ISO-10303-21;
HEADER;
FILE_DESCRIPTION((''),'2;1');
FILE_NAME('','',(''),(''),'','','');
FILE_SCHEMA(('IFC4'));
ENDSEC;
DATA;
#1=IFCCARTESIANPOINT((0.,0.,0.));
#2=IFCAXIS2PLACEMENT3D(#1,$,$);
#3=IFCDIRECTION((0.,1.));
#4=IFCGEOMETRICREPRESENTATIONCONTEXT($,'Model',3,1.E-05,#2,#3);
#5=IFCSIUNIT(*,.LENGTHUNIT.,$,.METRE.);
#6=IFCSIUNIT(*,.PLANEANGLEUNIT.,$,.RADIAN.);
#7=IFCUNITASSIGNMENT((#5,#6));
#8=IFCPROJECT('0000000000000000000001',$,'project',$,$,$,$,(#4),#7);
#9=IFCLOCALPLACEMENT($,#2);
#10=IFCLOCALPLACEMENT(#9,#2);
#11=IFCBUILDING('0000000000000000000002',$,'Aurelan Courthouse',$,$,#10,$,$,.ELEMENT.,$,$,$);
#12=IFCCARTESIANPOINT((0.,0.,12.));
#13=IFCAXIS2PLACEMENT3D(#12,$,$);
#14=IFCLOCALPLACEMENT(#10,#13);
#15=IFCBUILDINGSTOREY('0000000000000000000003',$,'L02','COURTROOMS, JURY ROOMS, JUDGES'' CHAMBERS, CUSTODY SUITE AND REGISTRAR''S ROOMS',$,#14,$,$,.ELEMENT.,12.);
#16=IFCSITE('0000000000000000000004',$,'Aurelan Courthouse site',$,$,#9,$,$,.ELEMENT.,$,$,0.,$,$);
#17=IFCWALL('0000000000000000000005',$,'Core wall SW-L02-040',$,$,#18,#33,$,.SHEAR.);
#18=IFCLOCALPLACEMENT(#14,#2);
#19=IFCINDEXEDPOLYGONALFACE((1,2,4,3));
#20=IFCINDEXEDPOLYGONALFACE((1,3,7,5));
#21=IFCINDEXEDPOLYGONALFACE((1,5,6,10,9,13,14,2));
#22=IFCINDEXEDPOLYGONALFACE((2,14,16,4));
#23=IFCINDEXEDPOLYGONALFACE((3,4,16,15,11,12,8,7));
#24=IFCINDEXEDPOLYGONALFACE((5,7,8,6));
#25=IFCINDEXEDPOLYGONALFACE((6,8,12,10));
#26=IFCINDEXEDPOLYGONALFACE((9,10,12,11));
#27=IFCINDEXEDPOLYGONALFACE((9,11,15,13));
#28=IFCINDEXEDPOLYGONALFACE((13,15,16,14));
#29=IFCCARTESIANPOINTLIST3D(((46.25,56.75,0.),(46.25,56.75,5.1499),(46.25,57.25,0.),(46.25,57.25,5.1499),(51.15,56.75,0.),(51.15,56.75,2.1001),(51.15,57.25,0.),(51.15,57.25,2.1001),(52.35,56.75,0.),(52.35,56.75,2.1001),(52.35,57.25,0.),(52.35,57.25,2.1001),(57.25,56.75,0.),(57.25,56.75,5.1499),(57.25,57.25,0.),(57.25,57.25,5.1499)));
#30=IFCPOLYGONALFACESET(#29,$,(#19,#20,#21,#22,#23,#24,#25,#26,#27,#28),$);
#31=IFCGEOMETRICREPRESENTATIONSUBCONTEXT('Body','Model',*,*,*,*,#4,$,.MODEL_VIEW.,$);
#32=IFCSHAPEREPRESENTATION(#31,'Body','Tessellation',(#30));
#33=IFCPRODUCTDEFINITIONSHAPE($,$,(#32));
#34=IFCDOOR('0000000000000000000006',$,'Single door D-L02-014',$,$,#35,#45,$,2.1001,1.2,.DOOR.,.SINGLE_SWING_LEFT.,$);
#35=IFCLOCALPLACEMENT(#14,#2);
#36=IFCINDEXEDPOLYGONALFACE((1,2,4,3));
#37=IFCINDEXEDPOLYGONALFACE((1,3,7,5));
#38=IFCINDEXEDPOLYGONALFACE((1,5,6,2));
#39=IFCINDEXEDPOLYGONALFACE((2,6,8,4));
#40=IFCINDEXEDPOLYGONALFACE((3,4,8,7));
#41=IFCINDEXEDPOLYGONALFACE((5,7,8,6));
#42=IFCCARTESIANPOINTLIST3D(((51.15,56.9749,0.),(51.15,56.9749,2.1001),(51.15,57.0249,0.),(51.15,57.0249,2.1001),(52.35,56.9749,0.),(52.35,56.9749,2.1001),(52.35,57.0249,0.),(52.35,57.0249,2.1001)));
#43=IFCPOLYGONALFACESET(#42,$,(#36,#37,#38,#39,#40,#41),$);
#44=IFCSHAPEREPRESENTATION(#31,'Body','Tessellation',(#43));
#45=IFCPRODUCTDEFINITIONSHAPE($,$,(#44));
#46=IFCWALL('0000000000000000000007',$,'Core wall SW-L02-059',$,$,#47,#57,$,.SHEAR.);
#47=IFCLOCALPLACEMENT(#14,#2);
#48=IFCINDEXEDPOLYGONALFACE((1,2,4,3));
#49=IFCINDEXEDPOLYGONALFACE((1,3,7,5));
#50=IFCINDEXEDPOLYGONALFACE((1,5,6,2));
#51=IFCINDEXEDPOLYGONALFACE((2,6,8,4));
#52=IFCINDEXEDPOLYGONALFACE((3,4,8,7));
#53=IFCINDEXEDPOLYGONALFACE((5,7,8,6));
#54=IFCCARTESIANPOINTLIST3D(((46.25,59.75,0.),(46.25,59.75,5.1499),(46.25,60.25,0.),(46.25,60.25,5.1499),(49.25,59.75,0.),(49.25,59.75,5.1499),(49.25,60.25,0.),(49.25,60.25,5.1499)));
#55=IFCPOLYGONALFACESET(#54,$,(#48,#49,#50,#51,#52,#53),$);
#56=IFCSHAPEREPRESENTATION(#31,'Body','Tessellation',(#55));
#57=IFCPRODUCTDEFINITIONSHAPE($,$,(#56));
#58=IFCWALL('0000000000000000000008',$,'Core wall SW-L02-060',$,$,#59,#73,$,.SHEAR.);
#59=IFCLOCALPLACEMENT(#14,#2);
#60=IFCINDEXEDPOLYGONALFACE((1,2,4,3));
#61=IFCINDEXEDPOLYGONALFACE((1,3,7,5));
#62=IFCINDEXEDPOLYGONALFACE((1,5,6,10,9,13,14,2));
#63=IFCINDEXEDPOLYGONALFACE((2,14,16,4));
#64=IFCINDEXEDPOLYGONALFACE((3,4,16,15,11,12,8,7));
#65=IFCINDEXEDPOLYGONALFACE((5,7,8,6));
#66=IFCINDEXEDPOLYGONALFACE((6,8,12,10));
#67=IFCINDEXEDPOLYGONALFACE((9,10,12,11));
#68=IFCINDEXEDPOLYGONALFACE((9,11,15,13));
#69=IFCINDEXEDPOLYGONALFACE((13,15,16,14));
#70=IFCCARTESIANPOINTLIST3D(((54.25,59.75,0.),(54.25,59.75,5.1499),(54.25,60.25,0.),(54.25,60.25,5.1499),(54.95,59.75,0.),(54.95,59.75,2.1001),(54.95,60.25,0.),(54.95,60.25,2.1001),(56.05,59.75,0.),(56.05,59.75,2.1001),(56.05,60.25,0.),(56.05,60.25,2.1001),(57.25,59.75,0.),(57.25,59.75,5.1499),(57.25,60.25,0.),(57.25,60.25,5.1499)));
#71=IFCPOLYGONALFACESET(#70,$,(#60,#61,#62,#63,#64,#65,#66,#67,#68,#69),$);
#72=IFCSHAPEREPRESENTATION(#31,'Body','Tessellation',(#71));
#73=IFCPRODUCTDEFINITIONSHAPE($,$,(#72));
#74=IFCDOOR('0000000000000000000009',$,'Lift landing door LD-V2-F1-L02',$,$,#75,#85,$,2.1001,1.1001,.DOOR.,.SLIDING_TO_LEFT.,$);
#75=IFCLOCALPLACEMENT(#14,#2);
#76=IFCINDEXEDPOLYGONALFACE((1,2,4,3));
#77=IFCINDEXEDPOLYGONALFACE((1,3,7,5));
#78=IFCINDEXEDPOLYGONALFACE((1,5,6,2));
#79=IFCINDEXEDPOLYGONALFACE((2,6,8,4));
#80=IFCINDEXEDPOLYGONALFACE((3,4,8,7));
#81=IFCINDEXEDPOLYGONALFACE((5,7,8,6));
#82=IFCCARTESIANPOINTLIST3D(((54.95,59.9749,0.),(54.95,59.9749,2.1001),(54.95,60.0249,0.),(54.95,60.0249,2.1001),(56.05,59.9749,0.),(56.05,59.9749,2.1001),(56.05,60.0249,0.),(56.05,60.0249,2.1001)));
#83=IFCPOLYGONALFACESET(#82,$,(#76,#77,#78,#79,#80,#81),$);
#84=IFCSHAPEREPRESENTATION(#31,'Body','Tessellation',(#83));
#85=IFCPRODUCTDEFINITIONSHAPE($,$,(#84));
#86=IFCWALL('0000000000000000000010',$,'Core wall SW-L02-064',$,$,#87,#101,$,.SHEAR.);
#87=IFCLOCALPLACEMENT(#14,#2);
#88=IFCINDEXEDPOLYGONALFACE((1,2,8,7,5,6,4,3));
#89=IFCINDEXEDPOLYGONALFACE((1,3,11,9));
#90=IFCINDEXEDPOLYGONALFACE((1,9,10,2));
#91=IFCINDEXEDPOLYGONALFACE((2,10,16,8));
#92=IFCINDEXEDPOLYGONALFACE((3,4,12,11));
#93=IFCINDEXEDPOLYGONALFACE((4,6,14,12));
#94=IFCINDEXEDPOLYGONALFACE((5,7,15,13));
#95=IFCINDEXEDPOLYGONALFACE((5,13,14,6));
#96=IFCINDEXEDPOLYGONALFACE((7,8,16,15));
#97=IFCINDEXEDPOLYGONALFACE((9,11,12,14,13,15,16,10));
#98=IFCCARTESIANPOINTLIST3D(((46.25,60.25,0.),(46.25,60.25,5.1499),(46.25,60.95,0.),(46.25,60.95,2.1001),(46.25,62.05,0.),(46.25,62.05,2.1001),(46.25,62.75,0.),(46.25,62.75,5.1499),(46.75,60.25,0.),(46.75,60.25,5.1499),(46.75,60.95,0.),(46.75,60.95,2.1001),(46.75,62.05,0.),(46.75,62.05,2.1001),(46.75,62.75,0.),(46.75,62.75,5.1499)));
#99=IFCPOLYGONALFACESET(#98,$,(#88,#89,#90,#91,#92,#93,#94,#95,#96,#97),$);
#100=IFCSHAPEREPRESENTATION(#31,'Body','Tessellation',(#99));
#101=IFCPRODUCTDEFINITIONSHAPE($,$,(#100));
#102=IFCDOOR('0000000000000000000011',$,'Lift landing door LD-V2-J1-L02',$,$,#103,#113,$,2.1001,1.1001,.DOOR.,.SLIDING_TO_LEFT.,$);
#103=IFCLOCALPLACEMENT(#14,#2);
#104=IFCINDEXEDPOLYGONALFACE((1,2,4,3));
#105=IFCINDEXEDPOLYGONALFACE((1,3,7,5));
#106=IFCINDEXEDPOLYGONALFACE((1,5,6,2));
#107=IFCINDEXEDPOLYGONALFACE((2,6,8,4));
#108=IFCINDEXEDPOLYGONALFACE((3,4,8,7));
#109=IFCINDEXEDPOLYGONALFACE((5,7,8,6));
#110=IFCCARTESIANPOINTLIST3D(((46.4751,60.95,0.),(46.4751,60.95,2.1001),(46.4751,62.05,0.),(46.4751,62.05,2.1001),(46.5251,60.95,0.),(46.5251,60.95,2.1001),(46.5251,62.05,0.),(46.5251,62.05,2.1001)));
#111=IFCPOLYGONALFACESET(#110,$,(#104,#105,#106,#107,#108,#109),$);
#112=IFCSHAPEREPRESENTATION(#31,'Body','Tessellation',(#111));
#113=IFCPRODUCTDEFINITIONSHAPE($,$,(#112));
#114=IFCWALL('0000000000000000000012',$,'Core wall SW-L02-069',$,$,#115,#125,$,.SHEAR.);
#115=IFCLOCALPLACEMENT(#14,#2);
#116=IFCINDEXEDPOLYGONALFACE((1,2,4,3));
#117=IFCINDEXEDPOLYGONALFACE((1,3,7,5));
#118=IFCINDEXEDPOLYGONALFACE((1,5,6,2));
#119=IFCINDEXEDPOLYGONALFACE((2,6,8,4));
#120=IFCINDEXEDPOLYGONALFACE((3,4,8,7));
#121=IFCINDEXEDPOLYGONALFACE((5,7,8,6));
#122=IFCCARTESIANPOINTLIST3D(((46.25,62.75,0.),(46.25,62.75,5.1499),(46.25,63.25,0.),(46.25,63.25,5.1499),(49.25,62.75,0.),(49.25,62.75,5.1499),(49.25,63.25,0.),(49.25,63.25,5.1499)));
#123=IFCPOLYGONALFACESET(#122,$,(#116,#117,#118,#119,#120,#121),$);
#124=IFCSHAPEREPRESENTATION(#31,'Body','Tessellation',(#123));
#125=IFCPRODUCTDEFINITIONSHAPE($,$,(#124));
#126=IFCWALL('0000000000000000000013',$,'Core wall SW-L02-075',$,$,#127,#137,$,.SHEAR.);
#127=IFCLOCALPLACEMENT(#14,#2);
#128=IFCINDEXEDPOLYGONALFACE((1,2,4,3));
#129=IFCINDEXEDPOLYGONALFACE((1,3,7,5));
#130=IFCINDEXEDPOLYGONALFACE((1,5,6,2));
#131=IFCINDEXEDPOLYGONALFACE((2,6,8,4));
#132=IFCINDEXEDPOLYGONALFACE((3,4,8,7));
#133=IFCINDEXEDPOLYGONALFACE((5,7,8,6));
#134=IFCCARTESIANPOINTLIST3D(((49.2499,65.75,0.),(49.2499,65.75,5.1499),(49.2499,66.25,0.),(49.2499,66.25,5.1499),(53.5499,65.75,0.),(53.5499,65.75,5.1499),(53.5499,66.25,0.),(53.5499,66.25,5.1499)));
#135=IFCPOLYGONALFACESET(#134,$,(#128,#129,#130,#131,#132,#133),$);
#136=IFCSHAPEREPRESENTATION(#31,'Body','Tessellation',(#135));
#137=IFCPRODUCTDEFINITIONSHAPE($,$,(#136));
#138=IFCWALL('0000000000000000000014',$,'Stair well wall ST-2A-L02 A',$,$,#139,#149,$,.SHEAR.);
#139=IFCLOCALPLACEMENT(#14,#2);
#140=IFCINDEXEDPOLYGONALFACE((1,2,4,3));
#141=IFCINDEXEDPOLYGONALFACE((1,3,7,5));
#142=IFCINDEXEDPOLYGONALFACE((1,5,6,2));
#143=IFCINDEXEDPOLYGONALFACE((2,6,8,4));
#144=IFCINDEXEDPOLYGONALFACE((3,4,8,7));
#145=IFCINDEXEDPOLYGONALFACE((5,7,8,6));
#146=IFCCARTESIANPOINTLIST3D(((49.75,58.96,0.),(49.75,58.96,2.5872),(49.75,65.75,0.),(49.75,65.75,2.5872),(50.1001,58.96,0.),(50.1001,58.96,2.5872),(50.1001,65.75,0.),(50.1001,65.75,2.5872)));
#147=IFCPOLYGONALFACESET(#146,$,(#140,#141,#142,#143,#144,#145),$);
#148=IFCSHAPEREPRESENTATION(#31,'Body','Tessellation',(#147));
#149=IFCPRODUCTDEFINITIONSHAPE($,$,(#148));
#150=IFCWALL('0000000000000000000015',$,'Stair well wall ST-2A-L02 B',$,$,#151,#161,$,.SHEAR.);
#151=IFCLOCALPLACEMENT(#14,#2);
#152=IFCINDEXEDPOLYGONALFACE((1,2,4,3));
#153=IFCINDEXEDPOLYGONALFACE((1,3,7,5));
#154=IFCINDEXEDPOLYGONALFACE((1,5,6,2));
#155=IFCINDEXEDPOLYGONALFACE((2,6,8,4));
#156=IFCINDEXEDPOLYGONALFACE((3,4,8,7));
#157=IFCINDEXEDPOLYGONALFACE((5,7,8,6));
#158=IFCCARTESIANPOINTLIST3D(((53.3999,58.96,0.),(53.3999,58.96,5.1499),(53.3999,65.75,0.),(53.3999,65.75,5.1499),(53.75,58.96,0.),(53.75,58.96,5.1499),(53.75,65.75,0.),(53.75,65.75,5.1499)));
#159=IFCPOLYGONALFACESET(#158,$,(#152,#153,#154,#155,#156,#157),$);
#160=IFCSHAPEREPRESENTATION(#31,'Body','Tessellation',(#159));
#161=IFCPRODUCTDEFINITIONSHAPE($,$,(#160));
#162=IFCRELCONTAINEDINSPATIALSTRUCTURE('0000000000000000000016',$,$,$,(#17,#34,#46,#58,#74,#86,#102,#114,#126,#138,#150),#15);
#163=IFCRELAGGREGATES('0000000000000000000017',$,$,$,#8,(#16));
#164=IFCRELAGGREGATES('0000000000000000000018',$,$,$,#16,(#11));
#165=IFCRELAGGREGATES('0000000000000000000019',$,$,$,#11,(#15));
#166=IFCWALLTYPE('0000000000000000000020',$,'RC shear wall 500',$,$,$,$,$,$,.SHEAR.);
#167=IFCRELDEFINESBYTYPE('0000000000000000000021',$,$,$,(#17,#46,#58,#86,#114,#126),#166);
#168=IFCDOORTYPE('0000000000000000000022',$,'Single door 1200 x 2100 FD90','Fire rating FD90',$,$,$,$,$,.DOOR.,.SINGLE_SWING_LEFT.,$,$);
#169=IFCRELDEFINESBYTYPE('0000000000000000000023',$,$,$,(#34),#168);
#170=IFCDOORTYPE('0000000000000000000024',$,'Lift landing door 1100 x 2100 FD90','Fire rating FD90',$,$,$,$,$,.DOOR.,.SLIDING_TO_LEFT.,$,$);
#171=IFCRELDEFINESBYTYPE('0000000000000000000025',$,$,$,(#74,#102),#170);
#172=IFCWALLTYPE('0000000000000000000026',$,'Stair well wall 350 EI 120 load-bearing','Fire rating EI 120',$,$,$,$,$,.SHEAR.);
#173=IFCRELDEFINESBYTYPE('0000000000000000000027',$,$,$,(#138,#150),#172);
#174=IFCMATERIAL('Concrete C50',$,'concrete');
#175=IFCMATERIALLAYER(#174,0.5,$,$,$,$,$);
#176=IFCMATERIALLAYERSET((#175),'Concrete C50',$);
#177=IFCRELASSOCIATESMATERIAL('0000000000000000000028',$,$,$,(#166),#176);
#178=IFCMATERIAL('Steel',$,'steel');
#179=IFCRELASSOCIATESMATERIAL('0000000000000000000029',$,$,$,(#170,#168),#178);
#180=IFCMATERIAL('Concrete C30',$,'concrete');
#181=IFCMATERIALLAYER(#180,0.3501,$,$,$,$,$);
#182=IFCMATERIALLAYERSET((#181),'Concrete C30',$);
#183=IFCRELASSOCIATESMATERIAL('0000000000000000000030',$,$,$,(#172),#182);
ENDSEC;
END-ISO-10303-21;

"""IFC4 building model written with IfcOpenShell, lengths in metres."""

from ifc_helpers import new_model, si_unit, direction, frame, frame_2d, origin, place, context, subcontext, project, spatial, rectangle, extrude, material, layer, layer_set, type_object, element, fill, save


model = new_model("IFC4")

# Units and contexts
model_context = context("Model", 3, precision=1e-05, world=origin(), true_north=direction((0.0, 1.0)))
body_context = subcontext(model_context, "Body", "Model", "MODEL_VIEW")
ifc_project = project(units=[si_unit("LENGTHUNIT", "METRE"), si_unit("PLANEANGLEUNIT", "RADIAN")], contexts=[model_context])

# Site, building, storey
site_placement = place(None, origin())
site = spatial("IfcSite", under=ifc_project, at=site_placement, Name="Aurelan Courthouse site", CompositionType="ELEMENT", RefElevation=0.0)
building_placement = place(site_placement, origin())
building = spatial("IfcBuilding", under=site, at=building_placement, Name="Aurelan Courthouse", CompositionType="ELEMENT")
storey_placement = place(building_placement, frame((0.0, 0.0, 12.0)))
storey = spatial("IfcBuildingStorey", under=building, at=storey_placement, Name="L02", Description="COURTROOMS, JURY ROOMS, JUDGES' CHAMBERS, CUSTODY SUITE AND REGISTRAR'S ROOMS", CompositionType="ELEMENT", Elevation=12.0)

# Shared definitions
ifc_material_1 = material(Name="Concrete C50", Category="concrete")

# Shared definitions
ifc_layer_1 = layer(ifc_material_1, 0.5)
ifc_layer_set_1 = layer_set([ifc_layer_1], Name="Concrete C50")
wall_type_1 = type_object("IfcWallType", Name="RC shear wall 500", PredefinedType="SHEAR", material=ifc_layer_set_1)
ifc_material_2 = material(Name="Steel", Category="steel")
door_type_1 = type_object("IfcDoorType", Name="Lift landing door 1100 x 2100 FD90", Description="Fire rating FD90", OperationType="SLIDING_TO_LEFT", PredefinedType="DOOR", material=ifc_material_2)
door_type_2 = type_object("IfcDoorType", Name="Single door 1200 x 2100 FD90", Description="Fire rating FD90", OperationType="SINGLE_SWING_LEFT", PredefinedType="DOOR", material=ifc_material_2)

# Wall, opening, door
wall_1_placement = place(storey_placement, frame((46.25, 57.0, 0.0), z_axis=(0.0, 0.0, 1.0), x_axis=(1.0, 0.0, 0.0)))
wall_1 = element("IfcWall", 1, at=wall_1_placement, inside=storey, type_object=wall_type_1, Name="Core wall SW-L02-040", PredefinedType="SHEAR", context=body_context, shape_type="SweptSolid", body=[
    extrude(rectangle(XDim=11.0, YDim=0.5, at=frame_2d((5.5, 0.0))), origin(), (0.0, 0.0, 1.0), 5.1499),
])
opening_1_placement = place(wall_1_placement, frame((4.8999, 0.0, 0.0)))
opening_1 = element("IfcOpeningElement", 2, at=opening_1_placement, cuts=wall_1, PredefinedType="OPENING", context=body_context, shape_type="SweptSolid", body=[
    extrude(rectangle(XDim=1.2, YDim=2.1001, at=frame_2d((0.6001, 1.05))), frame((0.0, 0.26, 0.0), z_axis=(0.0, -1.0, 0.0), x_axis=(1.0, 0.0, 0.0)), (0.0, 0.0, 1.0), 0.52),
])
door_1_placement = place(opening_1_placement, origin())
door_1 = element("IfcDoor", 3, at=door_1_placement, inside=storey, type_object=door_type_2, Name="Single door D-L02-014", OperationType="SINGLE_SWING_LEFT", OverallHeight=2.1001, OverallWidth=1.2, PredefinedType="DOOR", context=body_context, shape_type="SweptSolid", body=[
    extrude(rectangle(XDim=1.2, YDim=2.1001, at=frame_2d((0.6001, 1.05))), frame((0.0, 0.0249, 0.0), z_axis=(0.0, -1.0, 0.0), x_axis=(1.0, 0.0, 0.0)), (0.0, 0.0, 1.0), 0.05),
])
fill(opening_1, door_1)

# Wall
wall_2_placement = place(storey_placement, frame((46.25, 60.0, 0.0), z_axis=(0.0, 0.0, 1.0), x_axis=(1.0, 0.0, 0.0)))
element("IfcWall", 4, at=wall_2_placement, inside=storey, type_object=wall_type_1, Name="Core wall SW-L02-059", PredefinedType="SHEAR", context=body_context, shape_type="SweptSolid", body=[
    extrude(rectangle(XDim=3.0, YDim=0.5, at=frame_2d((1.5, 0.0))), origin(), (0.0, 0.0, 1.0), 5.1499),
])

# Walls, openings, doors
wall_3_placement = place(storey_placement, frame((54.25, 60.0, 0.0), z_axis=(0.0, 0.0, 1.0), x_axis=(1.0, 0.0, 0.0)))
wall_3 = element("IfcWall", 5, at=wall_3_placement, inside=storey, type_object=wall_type_1, Name="Core wall SW-L02-060", PredefinedType="SHEAR", context=body_context, shape_type="SweptSolid", body=[
    extrude(rectangle(XDim=3.0, YDim=0.5, at=frame_2d((1.5, 0.0))), origin(), (0.0, 0.0, 1.0), 5.1499),
])
opening_2_placement = place(wall_3_placement, frame((0.7, 0.0, 0.0)))
opening_2 = element("IfcOpeningElement", 6, at=opening_2_placement, cuts=wall_3, PredefinedType="OPENING", context=body_context, shape_type="SweptSolid", body=[
    extrude(rectangle(XDim=1.1001, YDim=2.1001, at=frame_2d((0.55, 1.05))), frame((0.0, 0.26, 0.0), z_axis=(0.0, -1.0, 0.0), x_axis=(1.0, 0.0, 0.0)), (0.0, 0.0, 1.0), 0.52),
])
door_2_placement = place(opening_2_placement, origin())
door_2 = element("IfcDoor", 7, at=door_2_placement, inside=storey, type_object=door_type_1, Name="Lift landing door LD-V2-F1-L02", OperationType="SLIDING_TO_LEFT", OverallHeight=2.1001, OverallWidth=1.1001, PredefinedType="DOOR", context=body_context, shape_type="SweptSolid", body=[
    extrude(rectangle(XDim=1.1001, YDim=2.1001, at=frame_2d((0.55, 1.05))), frame((0.0, 0.0249, 0.0), z_axis=(0.0, -1.0, 0.0), x_axis=(1.0, 0.0, 0.0)), (0.0, 0.0, 1.0), 0.05),
])
fill(opening_2, door_2)
wall_4_placement = place(storey_placement, frame((46.5, 60.25, 0.0), z_axis=(0.0, 0.0, 1.0), x_axis=(0.0, 1.0, 0.0)))
wall_4 = element("IfcWall", 8, at=wall_4_placement, inside=storey, type_object=wall_type_1, Name="Core wall SW-L02-064", PredefinedType="SHEAR", context=body_context, shape_type="SweptSolid", body=[
    extrude(rectangle(XDim=2.5, YDim=0.5, at=frame_2d((1.25, 0.0))), origin(), (0.0, 0.0, 1.0), 5.1499),
])
opening_3_placement = place(wall_4_placement, frame((0.7, 0.0, 0.0)))
opening_3 = element("IfcOpeningElement", 9, at=opening_3_placement, cuts=wall_4, PredefinedType="OPENING", context=body_context, shape_type="SweptSolid", body=[
    extrude(rectangle(XDim=1.1001, YDim=2.1001, at=frame_2d((0.55, 1.05))), frame((0.0, 0.26, 0.0), z_axis=(0.0, -1.0, 0.0), x_axis=(1.0, 0.0, 0.0)), (0.0, 0.0, 1.0), 0.52),
])
door_3_placement = place(opening_3_placement, origin())
door_3 = element("IfcDoor", 10, at=door_3_placement, inside=storey, type_object=door_type_1, Name="Lift landing door LD-V2-J1-L02", OperationType="SLIDING_TO_LEFT", OverallHeight=2.1001, OverallWidth=1.1001, PredefinedType="DOOR", context=body_context, shape_type="SweptSolid", body=[
    extrude(rectangle(XDim=1.1001, YDim=2.1001, at=frame_2d((0.55, 1.05))), frame((0.0, 0.0249, 0.0), z_axis=(0.0, -1.0, 0.0), x_axis=(1.0, 0.0, 0.0)), (0.0, 0.0, 1.0), 0.05),
])
fill(opening_3, door_3)

# Walls
wall_5_placement = place(storey_placement, frame((46.25, 63.0, 0.0), z_axis=(0.0, 0.0, 1.0), x_axis=(1.0, 0.0, 0.0)))
element("IfcWall", 11, at=wall_5_placement, inside=storey, type_object=wall_type_1, Name="Core wall SW-L02-069", PredefinedType="SHEAR", context=body_context, shape_type="SweptSolid", body=[
    extrude(rectangle(XDim=3.0, YDim=0.5, at=frame_2d((1.5, 0.0))), origin(), (0.0, 0.0, 1.0), 5.1499),
])
wall_6_placement = place(storey_placement, frame((49.25, 66.0, 0.0), z_axis=(0.0, 0.0, 1.0), x_axis=(1.0, 0.0, 0.0)))
element("IfcWall", 12, at=wall_6_placement, inside=storey, type_object=wall_type_1, Name="Core wall SW-L02-075", PredefinedType="SHEAR", context=body_context, shape_type="SweptSolid", body=[
    extrude(rectangle(XDim=4.3, YDim=0.5, at=frame_2d((2.1499, 0.0))), origin(), (0.0, 0.0, 1.0), 5.1499),
])
ifc_material_3 = material(Name="Concrete C30", Category="concrete")
ifc_layer_2 = layer(ifc_material_3, 0.3501)
ifc_layer_set_2 = layer_set([ifc_layer_2], Name="Concrete C30")
wall_type_2 = type_object("IfcWallType", Name="Stair well wall 350 EI 120 load-bearing", Description="Fire rating EI 120", PredefinedType="SHEAR", material=ifc_layer_set_2)
wall_7_placement = place(storey_placement, frame((49.925, 58.96, 0.0), z_axis=(0.0, 0.0, 1.0), x_axis=(0.0, 1.0, 0.0)))
element("IfcWall", 13, at=wall_7_placement, inside=storey, type_object=wall_type_2, Name="Stair well wall ST-2A-L02 A", PredefinedType="SHEAR", context=body_context, shape_type="SweptSolid", body=[
    extrude(rectangle(XDim=6.79, YDim=0.3501, at=frame_2d((3.395, 0.0))), origin(), (0.0, 0.0, 1.0), 2.5872),
])
wall_8_placement = place(storey_placement, frame((53.575, 58.96, 0.0), z_axis=(0.0, 0.0, 1.0), x_axis=(0.0, 1.0, 0.0)))
element("IfcWall", 14, at=wall_8_placement, inside=storey, type_object=wall_type_2, Name="Stair well wall ST-2A-L02 B", PredefinedType="SHEAR", context=body_context, shape_type="SweptSolid", body=[
    extrude(rectangle(XDim=6.79, YDim=0.3501, at=frame_2d((3.395, 0.0))), origin(), (0.0, 0.0, 1.0), 5.1499),
])

save(model, "model.ifc")
